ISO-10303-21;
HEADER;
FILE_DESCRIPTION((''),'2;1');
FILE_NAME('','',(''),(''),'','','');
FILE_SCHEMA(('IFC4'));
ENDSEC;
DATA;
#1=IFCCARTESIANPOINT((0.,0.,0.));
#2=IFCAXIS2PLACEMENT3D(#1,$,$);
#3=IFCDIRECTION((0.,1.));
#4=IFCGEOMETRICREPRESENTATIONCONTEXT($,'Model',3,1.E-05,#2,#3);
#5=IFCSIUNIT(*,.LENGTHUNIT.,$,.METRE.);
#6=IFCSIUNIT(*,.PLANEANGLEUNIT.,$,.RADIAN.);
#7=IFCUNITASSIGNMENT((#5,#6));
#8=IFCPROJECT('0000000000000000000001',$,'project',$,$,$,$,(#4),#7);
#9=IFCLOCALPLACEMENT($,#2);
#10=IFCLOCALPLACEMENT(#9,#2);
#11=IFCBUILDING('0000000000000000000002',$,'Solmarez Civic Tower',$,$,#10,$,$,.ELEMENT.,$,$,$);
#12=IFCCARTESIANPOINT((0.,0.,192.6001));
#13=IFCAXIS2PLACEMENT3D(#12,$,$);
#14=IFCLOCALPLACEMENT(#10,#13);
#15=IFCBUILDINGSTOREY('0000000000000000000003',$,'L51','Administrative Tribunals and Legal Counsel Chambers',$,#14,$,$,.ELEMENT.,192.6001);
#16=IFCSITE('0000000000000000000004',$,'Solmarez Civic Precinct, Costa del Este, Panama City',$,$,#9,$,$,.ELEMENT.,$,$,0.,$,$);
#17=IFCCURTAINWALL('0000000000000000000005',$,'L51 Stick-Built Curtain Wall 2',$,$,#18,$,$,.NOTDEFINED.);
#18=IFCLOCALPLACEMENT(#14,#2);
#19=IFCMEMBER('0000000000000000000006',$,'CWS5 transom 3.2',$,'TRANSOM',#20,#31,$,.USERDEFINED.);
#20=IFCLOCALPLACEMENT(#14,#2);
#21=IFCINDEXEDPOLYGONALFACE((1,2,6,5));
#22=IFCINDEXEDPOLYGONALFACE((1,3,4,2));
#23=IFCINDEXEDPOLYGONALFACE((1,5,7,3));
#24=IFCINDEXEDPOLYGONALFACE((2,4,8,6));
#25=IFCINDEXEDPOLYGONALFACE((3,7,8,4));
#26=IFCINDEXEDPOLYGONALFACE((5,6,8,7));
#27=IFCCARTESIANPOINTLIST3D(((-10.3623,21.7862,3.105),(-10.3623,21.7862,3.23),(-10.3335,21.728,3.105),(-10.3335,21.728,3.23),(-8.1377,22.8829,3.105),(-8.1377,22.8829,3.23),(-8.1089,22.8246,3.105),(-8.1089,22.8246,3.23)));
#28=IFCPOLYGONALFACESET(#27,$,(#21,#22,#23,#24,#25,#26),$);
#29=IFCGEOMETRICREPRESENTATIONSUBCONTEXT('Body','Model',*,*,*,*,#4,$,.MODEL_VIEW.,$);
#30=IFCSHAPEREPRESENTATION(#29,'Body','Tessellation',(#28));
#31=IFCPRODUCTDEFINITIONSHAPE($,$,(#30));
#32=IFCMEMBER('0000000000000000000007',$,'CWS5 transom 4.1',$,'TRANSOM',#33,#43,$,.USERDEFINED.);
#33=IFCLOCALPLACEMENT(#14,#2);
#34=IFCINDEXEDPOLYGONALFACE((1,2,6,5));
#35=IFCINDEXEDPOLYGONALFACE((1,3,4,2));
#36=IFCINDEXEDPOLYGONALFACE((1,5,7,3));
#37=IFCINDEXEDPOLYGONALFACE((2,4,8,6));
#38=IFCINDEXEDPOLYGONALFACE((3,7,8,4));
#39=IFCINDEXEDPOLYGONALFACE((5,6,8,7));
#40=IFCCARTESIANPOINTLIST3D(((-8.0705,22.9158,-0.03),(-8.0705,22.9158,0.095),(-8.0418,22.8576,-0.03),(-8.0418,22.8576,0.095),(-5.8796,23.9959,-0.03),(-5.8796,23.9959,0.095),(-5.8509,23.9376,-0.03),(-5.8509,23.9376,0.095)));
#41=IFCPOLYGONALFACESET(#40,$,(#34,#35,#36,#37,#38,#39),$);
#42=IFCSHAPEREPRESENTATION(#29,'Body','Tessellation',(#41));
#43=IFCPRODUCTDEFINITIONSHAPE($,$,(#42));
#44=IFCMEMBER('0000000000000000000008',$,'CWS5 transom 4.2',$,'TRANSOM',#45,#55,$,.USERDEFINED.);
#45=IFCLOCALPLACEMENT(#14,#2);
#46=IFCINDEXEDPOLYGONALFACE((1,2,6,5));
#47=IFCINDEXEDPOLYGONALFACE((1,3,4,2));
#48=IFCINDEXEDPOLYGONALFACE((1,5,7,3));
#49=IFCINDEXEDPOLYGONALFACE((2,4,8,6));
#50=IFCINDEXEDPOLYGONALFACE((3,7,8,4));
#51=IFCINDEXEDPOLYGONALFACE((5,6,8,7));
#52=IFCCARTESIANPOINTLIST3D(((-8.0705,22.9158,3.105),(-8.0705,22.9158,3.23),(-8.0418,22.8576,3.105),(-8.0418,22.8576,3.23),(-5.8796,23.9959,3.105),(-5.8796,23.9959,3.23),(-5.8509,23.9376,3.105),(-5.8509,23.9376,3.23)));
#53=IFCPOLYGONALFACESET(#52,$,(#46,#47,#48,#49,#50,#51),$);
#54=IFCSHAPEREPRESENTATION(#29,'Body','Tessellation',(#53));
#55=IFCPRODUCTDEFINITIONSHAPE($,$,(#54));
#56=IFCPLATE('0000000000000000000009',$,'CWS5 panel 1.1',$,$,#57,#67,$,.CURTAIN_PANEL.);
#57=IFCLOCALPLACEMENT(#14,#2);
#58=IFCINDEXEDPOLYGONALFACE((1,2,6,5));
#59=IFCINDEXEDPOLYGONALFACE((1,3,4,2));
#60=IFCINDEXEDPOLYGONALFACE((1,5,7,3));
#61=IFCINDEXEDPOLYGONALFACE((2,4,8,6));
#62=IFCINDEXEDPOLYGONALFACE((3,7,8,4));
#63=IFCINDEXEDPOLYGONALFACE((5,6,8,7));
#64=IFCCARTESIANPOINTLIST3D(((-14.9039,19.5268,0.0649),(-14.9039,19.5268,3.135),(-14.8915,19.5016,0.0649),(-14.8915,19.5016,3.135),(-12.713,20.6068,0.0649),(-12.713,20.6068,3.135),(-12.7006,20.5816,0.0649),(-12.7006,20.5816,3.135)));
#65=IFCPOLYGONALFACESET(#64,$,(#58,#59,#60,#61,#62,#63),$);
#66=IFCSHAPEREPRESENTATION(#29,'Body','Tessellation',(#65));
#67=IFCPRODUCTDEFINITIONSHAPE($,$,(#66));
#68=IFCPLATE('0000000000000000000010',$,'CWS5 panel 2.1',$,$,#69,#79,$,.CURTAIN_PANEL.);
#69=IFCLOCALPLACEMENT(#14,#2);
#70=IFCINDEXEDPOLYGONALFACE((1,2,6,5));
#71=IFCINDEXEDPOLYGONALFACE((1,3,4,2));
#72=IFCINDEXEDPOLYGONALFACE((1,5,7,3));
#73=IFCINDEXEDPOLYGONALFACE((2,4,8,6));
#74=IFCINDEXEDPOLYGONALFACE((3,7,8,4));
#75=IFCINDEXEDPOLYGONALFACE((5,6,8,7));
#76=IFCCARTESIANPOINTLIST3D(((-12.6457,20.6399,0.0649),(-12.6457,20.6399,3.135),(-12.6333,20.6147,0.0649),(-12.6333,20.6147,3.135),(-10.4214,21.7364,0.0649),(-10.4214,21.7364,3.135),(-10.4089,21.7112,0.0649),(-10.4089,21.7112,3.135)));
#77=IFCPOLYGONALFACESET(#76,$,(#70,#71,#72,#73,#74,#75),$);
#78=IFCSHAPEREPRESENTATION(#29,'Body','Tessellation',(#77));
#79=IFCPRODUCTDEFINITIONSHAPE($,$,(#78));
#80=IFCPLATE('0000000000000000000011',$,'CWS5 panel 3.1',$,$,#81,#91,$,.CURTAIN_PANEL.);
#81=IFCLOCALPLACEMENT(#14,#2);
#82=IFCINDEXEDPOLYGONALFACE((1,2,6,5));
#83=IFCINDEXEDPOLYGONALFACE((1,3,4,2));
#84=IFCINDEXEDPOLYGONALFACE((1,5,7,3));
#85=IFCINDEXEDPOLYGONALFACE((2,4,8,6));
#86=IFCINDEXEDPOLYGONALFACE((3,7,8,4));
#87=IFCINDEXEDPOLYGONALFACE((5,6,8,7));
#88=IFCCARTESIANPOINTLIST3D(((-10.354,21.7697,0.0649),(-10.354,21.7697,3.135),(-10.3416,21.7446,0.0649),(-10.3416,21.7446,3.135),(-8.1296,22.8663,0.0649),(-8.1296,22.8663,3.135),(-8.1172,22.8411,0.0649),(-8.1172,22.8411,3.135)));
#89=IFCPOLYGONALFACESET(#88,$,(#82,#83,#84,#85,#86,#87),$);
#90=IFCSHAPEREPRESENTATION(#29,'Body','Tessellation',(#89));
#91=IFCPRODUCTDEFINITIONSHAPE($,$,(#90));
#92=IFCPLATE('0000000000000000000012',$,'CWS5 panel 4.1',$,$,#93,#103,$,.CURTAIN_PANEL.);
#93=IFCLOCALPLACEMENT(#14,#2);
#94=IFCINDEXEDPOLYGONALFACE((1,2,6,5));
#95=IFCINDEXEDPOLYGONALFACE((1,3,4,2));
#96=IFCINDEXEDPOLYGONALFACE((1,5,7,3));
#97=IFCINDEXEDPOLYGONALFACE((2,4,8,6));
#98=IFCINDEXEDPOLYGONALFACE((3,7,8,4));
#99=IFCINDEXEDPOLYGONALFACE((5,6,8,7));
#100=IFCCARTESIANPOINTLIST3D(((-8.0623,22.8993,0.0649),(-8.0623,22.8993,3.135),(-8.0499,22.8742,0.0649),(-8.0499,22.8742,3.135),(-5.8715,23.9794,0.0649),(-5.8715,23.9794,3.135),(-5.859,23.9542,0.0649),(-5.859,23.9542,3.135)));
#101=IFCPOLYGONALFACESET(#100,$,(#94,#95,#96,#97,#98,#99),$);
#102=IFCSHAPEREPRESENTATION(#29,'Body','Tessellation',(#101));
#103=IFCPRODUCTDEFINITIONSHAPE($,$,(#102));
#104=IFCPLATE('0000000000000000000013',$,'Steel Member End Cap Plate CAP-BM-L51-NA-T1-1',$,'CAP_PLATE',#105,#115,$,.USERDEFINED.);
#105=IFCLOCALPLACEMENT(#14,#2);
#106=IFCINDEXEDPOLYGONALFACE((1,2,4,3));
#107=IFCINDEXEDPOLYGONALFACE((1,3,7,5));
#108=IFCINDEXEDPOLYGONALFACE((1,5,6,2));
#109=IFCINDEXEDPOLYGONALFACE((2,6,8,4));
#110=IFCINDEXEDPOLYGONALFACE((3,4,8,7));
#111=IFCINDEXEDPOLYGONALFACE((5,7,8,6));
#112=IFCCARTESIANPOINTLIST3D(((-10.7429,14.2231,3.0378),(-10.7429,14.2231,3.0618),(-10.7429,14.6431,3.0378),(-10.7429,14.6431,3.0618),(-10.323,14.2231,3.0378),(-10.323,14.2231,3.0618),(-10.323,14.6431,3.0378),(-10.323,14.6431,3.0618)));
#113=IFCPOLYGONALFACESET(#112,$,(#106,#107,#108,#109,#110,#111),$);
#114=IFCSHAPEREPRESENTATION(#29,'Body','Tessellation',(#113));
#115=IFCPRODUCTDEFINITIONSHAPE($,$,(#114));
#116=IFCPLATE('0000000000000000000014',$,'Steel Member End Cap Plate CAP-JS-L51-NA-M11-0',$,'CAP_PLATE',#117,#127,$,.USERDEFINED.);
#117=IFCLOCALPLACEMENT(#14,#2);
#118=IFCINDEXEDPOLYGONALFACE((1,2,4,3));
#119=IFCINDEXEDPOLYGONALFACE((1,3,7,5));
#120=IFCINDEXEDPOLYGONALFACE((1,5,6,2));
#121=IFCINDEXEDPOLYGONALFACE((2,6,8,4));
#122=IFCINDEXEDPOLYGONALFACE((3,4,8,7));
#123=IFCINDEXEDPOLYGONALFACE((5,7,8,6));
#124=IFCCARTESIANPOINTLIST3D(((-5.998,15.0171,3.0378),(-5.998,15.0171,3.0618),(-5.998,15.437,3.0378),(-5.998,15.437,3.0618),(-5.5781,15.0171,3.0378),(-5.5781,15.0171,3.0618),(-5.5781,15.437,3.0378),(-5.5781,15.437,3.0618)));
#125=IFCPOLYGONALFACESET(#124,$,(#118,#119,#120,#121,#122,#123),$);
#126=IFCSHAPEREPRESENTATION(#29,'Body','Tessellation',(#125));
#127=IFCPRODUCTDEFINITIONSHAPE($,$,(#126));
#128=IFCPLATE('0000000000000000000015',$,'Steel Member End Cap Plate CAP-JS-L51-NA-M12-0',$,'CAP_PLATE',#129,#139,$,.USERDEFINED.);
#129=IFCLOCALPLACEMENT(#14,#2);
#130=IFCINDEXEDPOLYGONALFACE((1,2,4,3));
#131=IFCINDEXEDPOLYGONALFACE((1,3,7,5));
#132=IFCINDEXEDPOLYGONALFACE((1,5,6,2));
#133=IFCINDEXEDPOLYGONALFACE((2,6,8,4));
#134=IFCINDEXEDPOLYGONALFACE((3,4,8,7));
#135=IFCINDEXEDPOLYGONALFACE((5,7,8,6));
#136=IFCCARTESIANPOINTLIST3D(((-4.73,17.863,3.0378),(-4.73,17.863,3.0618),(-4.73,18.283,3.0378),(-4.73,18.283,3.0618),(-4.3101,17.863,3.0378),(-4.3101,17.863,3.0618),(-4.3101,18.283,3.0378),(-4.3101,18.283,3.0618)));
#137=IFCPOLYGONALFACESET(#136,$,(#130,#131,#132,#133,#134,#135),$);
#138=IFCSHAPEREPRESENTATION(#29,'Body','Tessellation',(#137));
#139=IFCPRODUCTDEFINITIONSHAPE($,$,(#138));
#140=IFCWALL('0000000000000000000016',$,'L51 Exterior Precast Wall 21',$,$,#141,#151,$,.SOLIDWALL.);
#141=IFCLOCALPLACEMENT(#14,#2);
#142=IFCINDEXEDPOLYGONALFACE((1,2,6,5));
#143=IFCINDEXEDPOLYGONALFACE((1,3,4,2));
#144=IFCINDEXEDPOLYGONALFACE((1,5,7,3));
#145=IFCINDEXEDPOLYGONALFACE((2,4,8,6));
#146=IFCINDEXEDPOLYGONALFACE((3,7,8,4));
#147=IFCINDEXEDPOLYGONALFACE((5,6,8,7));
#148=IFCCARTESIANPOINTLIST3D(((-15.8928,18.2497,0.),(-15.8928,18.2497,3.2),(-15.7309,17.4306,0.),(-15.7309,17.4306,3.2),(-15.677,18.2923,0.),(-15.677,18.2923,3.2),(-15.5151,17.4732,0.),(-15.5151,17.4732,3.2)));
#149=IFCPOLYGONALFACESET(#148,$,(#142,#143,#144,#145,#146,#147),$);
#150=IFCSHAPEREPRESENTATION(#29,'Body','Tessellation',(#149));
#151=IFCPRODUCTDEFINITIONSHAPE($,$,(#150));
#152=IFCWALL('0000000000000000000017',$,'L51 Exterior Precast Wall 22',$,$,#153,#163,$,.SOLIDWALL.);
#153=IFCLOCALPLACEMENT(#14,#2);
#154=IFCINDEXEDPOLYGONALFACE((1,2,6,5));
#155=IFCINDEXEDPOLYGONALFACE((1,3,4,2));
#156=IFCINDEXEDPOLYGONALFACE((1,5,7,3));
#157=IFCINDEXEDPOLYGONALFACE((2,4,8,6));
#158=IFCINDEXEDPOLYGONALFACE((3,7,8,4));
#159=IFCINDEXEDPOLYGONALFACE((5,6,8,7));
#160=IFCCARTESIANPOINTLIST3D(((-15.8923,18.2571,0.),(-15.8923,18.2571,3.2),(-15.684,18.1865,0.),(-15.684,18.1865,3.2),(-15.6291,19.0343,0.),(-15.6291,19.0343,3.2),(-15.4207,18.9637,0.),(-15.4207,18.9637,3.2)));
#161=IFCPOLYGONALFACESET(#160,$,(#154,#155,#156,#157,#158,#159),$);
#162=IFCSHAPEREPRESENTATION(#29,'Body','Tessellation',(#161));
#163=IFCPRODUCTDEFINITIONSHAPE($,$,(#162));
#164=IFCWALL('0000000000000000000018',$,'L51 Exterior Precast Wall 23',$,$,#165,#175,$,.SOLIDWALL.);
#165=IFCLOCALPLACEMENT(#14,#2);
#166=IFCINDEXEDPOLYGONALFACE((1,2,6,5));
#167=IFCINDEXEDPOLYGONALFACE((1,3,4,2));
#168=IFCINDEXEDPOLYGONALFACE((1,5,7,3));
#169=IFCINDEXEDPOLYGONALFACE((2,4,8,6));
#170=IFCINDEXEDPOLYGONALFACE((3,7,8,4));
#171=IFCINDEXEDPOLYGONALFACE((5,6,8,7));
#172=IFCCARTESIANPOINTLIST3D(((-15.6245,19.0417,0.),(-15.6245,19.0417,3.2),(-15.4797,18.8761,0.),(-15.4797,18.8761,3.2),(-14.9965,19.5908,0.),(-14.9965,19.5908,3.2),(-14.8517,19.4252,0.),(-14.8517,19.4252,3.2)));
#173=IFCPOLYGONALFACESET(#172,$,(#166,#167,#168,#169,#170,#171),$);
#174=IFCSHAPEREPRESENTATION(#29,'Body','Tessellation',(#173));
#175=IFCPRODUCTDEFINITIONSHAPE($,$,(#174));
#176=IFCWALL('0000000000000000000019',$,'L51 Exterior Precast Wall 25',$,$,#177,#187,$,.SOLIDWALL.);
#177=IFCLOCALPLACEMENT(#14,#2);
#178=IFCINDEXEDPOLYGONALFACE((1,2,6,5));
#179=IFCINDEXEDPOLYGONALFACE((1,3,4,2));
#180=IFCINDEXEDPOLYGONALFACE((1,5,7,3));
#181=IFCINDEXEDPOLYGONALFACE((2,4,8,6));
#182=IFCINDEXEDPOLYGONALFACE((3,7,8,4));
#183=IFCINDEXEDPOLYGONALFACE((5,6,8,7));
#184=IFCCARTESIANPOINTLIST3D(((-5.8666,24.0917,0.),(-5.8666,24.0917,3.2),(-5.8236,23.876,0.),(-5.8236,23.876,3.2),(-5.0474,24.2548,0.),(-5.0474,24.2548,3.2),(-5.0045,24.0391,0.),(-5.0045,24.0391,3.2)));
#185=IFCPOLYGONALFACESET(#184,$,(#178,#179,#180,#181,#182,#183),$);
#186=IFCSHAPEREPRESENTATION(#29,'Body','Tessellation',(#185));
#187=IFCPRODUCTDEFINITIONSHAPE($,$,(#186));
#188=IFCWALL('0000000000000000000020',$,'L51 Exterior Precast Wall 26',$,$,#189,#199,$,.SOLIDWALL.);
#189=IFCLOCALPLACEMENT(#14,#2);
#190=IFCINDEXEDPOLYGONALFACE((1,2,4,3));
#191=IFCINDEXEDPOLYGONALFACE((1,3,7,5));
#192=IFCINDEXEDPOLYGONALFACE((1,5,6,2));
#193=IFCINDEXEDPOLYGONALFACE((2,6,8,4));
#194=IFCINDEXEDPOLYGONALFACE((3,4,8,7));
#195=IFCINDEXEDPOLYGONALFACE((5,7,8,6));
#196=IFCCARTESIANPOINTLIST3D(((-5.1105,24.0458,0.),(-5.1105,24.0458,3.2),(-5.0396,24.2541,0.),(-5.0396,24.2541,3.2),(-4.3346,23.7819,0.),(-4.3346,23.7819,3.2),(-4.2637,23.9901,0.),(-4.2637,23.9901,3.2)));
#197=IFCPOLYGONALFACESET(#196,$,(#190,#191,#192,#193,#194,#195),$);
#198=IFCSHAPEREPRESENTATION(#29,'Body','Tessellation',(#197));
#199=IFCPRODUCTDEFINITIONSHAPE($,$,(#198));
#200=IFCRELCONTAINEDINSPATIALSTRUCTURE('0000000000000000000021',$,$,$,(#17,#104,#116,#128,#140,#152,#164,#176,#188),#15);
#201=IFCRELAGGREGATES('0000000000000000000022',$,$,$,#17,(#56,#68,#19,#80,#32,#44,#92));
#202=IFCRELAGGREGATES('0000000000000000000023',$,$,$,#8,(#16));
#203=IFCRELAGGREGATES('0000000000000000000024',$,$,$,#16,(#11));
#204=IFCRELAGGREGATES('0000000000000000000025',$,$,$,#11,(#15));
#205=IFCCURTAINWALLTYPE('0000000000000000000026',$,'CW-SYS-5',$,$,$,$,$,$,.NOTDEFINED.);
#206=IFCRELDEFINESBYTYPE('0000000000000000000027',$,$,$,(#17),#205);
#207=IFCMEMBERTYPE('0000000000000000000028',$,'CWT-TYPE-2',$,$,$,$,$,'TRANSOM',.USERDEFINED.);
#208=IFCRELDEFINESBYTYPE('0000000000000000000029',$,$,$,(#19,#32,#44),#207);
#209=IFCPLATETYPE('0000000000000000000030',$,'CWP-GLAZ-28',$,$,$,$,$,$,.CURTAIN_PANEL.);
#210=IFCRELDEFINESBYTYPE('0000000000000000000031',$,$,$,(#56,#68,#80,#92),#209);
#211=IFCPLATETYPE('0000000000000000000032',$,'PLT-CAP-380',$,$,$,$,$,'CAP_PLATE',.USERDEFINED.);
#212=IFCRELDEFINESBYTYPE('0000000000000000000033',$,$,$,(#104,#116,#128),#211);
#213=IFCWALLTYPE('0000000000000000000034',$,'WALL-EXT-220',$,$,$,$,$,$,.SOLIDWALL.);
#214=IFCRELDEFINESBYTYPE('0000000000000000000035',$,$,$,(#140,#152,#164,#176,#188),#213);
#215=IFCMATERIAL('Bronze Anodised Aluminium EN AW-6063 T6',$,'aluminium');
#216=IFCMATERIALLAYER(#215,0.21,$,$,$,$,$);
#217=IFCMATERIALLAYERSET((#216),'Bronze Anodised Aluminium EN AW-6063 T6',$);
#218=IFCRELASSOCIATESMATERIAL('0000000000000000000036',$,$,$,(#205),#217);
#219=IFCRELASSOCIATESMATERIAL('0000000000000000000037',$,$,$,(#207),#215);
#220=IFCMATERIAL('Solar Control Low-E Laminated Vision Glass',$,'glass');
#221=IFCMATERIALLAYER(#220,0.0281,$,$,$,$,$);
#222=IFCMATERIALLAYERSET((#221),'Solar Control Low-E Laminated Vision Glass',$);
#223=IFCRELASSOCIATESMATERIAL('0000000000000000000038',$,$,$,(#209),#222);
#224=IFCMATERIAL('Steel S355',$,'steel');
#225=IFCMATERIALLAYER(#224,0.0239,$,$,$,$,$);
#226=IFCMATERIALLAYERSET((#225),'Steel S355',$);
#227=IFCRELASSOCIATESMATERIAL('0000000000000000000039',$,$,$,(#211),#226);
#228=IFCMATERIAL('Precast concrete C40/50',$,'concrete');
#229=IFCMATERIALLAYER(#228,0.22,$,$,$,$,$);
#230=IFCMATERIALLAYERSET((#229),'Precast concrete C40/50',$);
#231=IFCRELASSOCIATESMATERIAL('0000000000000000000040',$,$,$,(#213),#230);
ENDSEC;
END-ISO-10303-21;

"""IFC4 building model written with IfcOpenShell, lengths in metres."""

from ifc_helpers import new_model, si_unit, direction, frame, frame_2d, origin, origin_2d, place, context, subcontext, project, spatial, rectangle, extrude, material, layer, layer_set, material_profile, profile_set, type_object, element, aggregate, save


model = new_model("IFC4")

# Units and contexts
model_context = context("Model", 3, precision=1e-05, world=origin(), true_north=direction((0.0, 1.0)))
body_context = subcontext(model_context, "Body", "Model", "MODEL_VIEW")
ifc_project = project(units=[si_unit("LENGTHUNIT", "METRE"), si_unit("PLANEANGLEUNIT", "RADIAN")], contexts=[model_context])

# Site, building, storey
site_placement = place(None, origin())
site = spatial("IfcSite", under=ifc_project, at=site_placement, Name="Solmarez Civic Precinct, Costa del Este, Panama City", CompositionType="ELEMENT", RefElevation=0.0)
building_placement = place(site_placement, origin())
building = spatial("IfcBuilding", under=site, at=building_placement, Name="Solmarez Civic Tower", CompositionType="ELEMENT")
storey_placement = place(building_placement, frame((0.0, 0.0, 192.6001)))
storey = spatial("IfcBuildingStorey", under=building, at=storey_placement, Name="L51", Description="Administrative Tribunals and Legal Counsel Chambers", CompositionType="ELEMENT", Elevation=192.6001)

# Shared definitions
ifc_material_1 = material(Name="Steel S355", Category="steel")

# Curtain wall, members, plates
ifc_material_2 = material(Name="Bronze Anodised Aluminium EN AW-6063 T6", Category="aluminium")
ifc_layer_1 = layer(ifc_material_2, 0.21)
ifc_layer_set_1 = layer_set([ifc_layer_1], Name="Bronze Anodised Aluminium EN AW-6063 T6")
curtain_wall_type = type_object("IfcCurtainWallType", Name="CW-SYS-5", PredefinedType="NOTDEFINED", material=ifc_layer_set_1)
curtain_wall_placement = place(storey_placement, origin())
curtain_wall = element("IfcCurtainWall", 1, at=curtain_wall_placement, inside=storey, type_object=curtain_wall_type, Name="L51 Stick-Built Curtain Wall 2", PredefinedType="NOTDEFINED")
ifc_material_profile_1 = material_profile(ifc_material_2, rectangle(XDim=0.0649, YDim=0.125, at=origin_2d()), Name="CWT-65X125")
ifc_profile_set_1 = profile_set([ifc_material_profile_1], Name="Bronze Anodised Aluminium EN AW-6063 T6")
member_type_1 = type_object("IfcMemberType", Name="CWT-TYPE-2", ElementType="TRANSOM", PredefinedType="USERDEFINED", material=ifc_profile_set_1)
member_1_placement = place(storey_placement, frame((-10.3479, 21.7571, 3.1675), z_axis=(0.896933, 0.442167, 0.0), x_axis=(-0.442167, 0.896933, 0.0)))
member_1 = element("IfcMember", 2, at=member_1_placement, type_object=member_type_1, Name="CWS5 transom 3.2", ObjectType="TRANSOM", PredefinedType="USERDEFINED", context=body_context, shape_type="SweptSolid", body=[
    extrude(rectangle(XDim=0.0649, YDim=0.125, at=origin_2d()), origin(), (0.0, 0.0, 1.0), 2.4802),
])
member_2_placement = place(storey_placement, frame((-8.0562, 22.8867, 0.0325), z_axis=(0.896932, 0.442169, 0.0), x_axis=(-0.442169, 0.896932, 0.0)))
member_2 = element("IfcMember", 3, at=member_2_placement, type_object=member_type_1, Name="CWS5 transom 4.1", ObjectType="TRANSOM", PredefinedType="USERDEFINED", context=body_context, shape_type="SweptSolid", body=[
    extrude(rectangle(XDim=0.0649, YDim=0.125, at=origin_2d()), origin(), (0.0, 0.0, 1.0), 2.4426),
])
member_3_placement = place(storey_placement, frame((-8.0562, 22.8867, 3.1675), z_axis=(0.896932, 0.442169, 0.0), x_axis=(-0.442169, 0.896932, 0.0)))
member_3 = element("IfcMember", 4, at=member_3_placement, type_object=member_type_1, Name="CWS5 transom 4.2", ObjectType="TRANSOM", PredefinedType="USERDEFINED", context=body_context, shape_type="SweptSolid", body=[
    extrude(rectangle(XDim=0.0649, YDim=0.125, at=origin_2d()), origin(), (0.0, 0.0, 1.0), 2.4426),
])
ifc_material_3 = material(Name="Solar Control Low-E Laminated Vision Glass", Category="glass")
ifc_layer_2 = layer(ifc_material_3, 0.0281)
ifc_layer_set_2 = layer_set([ifc_layer_2], Name="Solar Control Low-E Laminated Vision Glass")
plate_type_1 = type_object("IfcPlateType", Name="CWP-GLAZ-28", PredefinedType="CURTAIN_PANEL", material=ifc_layer_set_2)
plate_1_placement = place(storey_placement, frame((-13.8022, 20.0542, 0.0649), z_axis=(0.0, 0.0, 1.0), x_axis=(0.896937, 0.442158, 0.0)))
plate_1 = element("IfcPlate", 5, at=plate_1_placement, type_object=plate_type_1, Name="CWS5 panel 1.1", PredefinedType="CURTAIN_PANEL", context=body_context, shape_type="SweptSolid", body=[
    extrude(rectangle(XDim=2.4426, YDim=0.0281, at=origin_2d()), origin(), (0.0, 0.0, 1.0), 3.0701),
])
plate_2_placement = place(storey_placement, frame((-11.5273, 21.1755, 0.0649), z_axis=(0.0, 0.0, 1.0), x_axis=(0.896937, 0.442158, 0.0)))
plate_2 = element("IfcPlate", 6, at=plate_2_placement, type_object=plate_type_1, Name="CWS5 panel 2.1", PredefinedType="CURTAIN_PANEL", context=body_context, shape_type="SweptSolid", body=[
    extrude(rectangle(XDim=2.48, YDim=0.0281, at=origin_2d()), origin(), (0.0, 0.0, 1.0), 3.0701),
])
plate_3_placement = place(storey_placement, frame((-9.2356, 22.3054, 0.0649), z_axis=(0.0, 0.0, 1.0), x_axis=(0.896937, 0.442158, 0.0)))
plate_3 = element("IfcPlate", 7, at=plate_3_placement, type_object=plate_type_1, Name="CWS5 panel 3.1", PredefinedType="CURTAIN_PANEL", context=body_context, shape_type="SweptSolid", body=[
    extrude(rectangle(XDim=2.48, YDim=0.0281, at=origin_2d()), origin(), (0.0, 0.0, 1.0), 3.0701),
])
plate_4_placement = place(storey_placement, frame((-6.9607, 23.4268, 0.0649), z_axis=(0.0, 0.0, 1.0), x_axis=(0.896937, 0.442158, 0.0)))
plate_4 = element("IfcPlate", 8, at=plate_4_placement, type_object=plate_type_1, Name="CWS5 panel 4.1", PredefinedType="CURTAIN_PANEL", context=body_context, shape_type="SweptSolid", body=[
    extrude(rectangle(XDim=2.4426, YDim=0.0281, at=origin_2d()), origin(), (0.0, 0.0, 1.0), 3.0701),
])
aggregate(curtain_wall, [plate_1, plate_2, member_1, plate_3, member_2, member_3, plate_4])

# Plates
ifc_layer_3 = layer(ifc_material_1, 0.0239)
ifc_layer_set_3 = layer_set([ifc_layer_3], Name="Steel S355")
plate_type_2 = type_object("IfcPlateType", Name="PLT-CAP-380", ElementType="CAP_PLATE", PredefinedType="USERDEFINED", material=ifc_layer_set_3)
for number, where, z_axis, x_axis, name in (
    (9, (-10.533, 14.4331, 3.0378), (0.0, 0.0, 1.0), (1.0, 0.0, 0.0), "Steel Member End Cap Plate CAP-BM-L51-NA-T1-1"),
    (10, (-5.7881, 15.2271, 3.0378), (0.0, 0.0, 1.0), (1.0, 0.0, 0.0), "Steel Member End Cap Plate CAP-JS-L51-NA-M11-0"),
    (11, (-4.52, 18.073, 3.0378), (0.0, 0.0, 1.0), (1.0, 0.0, 0.0), "Steel Member End Cap Plate CAP-JS-L51-NA-M12-0"),
):
    element("IfcPlate", number, at=place(storey_placement, frame(where, z_axis=z_axis, x_axis=x_axis)), inside=storey, type_object=plate_type_2, Name=name, ObjectType="CAP_PLATE", PredefinedType="USERDEFINED", context=body_context, shape_type="SweptSolid", body=[
        extrude(rectangle(XDim=0.4199, YDim=0.4199, at=origin_2d()), origin(), (0.0, 0.0, 1.0), 0.0239),
    ])

# Walls
ifc_material_4 = material(Name="Precast concrete C40/50", Category="concrete")
ifc_layer_4 = layer(ifc_material_4, 0.22)
ifc_layer_set_4 = layer_set([ifc_layer_4], Name="Precast concrete C40/50")
wall_type_1 = type_object("IfcWallType", Name="WALL-EXT-220", PredefinedType="SOLIDWALL", material=ifc_layer_set_4)
wall_1_placement = place(storey_placement, frame((-15.623, 17.4519, 0.0), z_axis=(0.0, 0.0, 1.0), x_axis=(-0.193866, 0.981028, 0.0)))
element("IfcWall", 12, at=wall_1_placement, inside=storey, type_object=wall_type_1, Name="L51 Exterior Precast Wall 21", PredefinedType="SOLIDWALL", context=body_context, shape_type="SweptSolid", body=[
    extrude(rectangle(XDim=0.835, YDim=0.22, at=frame_2d((0.4175, 0.0))), origin(), (0.0, 0.0, 1.0), 3.2),
])
wall_2_placement = place(storey_placement, frame((-15.7881, 18.2219, 0.0), z_axis=(0.0, 0.0, 1.0), x_axis=(0.320777, 0.947155, 0.0)))
element("IfcWall", 13, at=wall_2_placement, inside=storey, type_object=wall_type_1, Name="L51 Exterior Precast Wall 22", PredefinedType="SOLIDWALL", context=body_context, shape_type="SweptSolid", body=[
    extrude(rectangle(XDim=0.8206, YDim=0.22, at=frame_2d((0.4102, 0.0))), origin(), (0.0, 0.0, 1.0), 3.2),
])
wall_3_placement = place(storey_placement, frame((-15.552, 18.959, 0.0), z_axis=(0.0, 0.0, 1.0), x_axis=(0.752794, 0.658256, 0.0)))
element("IfcWall", 14, at=wall_3_placement, inside=storey, type_object=wall_type_1, Name="L51 Exterior Precast Wall 23", PredefinedType="SOLIDWALL", context=body_context, shape_type="SweptSolid", body=[
    extrude(rectangle(XDim=0.8342, YDim=0.22, at=frame_2d((0.417, 0.0))), origin(), (0.0, 0.0, 1.0), 3.2),
])
wall_4_placement = place(storey_placement, frame((-5.845, 23.9839, 0.0), z_axis=(0.0, 0.0, 1.0), x_axis=(0.980749, 0.195273, 0.0)))
element("IfcWall", 15, at=wall_4_placement, inside=storey, type_object=wall_type_1, Name="L51 Exterior Precast Wall 25", PredefinedType="SOLIDWALL", context=body_context, shape_type="SweptSolid", body=[
    extrude(rectangle(XDim=0.8352, YDim=0.22, at=frame_2d((0.4175, 0.0))), origin(), (0.0, 0.0, 1.0), 3.2),
])
wall_5_placement = place(storey_placement, frame((-5.075, 24.1499, 0.0), z_axis=(0.0, 0.0, 1.0), x_axis=(0.946729, -0.322031, 0.0)))
element("IfcWall", 16, at=wall_5_placement, inside=storey, type_object=wall_type_1, Name="L51 Exterior Precast Wall 26", PredefinedType="SOLIDWALL", context=body_context, shape_type="SweptSolid", body=[
    extrude(rectangle(XDim=0.8196, YDim=0.22, at=frame_2d((0.4097, 0.0))), origin(), (0.0, 0.0, 1.0), 3.2),
])

save(model, "model.ifc")
